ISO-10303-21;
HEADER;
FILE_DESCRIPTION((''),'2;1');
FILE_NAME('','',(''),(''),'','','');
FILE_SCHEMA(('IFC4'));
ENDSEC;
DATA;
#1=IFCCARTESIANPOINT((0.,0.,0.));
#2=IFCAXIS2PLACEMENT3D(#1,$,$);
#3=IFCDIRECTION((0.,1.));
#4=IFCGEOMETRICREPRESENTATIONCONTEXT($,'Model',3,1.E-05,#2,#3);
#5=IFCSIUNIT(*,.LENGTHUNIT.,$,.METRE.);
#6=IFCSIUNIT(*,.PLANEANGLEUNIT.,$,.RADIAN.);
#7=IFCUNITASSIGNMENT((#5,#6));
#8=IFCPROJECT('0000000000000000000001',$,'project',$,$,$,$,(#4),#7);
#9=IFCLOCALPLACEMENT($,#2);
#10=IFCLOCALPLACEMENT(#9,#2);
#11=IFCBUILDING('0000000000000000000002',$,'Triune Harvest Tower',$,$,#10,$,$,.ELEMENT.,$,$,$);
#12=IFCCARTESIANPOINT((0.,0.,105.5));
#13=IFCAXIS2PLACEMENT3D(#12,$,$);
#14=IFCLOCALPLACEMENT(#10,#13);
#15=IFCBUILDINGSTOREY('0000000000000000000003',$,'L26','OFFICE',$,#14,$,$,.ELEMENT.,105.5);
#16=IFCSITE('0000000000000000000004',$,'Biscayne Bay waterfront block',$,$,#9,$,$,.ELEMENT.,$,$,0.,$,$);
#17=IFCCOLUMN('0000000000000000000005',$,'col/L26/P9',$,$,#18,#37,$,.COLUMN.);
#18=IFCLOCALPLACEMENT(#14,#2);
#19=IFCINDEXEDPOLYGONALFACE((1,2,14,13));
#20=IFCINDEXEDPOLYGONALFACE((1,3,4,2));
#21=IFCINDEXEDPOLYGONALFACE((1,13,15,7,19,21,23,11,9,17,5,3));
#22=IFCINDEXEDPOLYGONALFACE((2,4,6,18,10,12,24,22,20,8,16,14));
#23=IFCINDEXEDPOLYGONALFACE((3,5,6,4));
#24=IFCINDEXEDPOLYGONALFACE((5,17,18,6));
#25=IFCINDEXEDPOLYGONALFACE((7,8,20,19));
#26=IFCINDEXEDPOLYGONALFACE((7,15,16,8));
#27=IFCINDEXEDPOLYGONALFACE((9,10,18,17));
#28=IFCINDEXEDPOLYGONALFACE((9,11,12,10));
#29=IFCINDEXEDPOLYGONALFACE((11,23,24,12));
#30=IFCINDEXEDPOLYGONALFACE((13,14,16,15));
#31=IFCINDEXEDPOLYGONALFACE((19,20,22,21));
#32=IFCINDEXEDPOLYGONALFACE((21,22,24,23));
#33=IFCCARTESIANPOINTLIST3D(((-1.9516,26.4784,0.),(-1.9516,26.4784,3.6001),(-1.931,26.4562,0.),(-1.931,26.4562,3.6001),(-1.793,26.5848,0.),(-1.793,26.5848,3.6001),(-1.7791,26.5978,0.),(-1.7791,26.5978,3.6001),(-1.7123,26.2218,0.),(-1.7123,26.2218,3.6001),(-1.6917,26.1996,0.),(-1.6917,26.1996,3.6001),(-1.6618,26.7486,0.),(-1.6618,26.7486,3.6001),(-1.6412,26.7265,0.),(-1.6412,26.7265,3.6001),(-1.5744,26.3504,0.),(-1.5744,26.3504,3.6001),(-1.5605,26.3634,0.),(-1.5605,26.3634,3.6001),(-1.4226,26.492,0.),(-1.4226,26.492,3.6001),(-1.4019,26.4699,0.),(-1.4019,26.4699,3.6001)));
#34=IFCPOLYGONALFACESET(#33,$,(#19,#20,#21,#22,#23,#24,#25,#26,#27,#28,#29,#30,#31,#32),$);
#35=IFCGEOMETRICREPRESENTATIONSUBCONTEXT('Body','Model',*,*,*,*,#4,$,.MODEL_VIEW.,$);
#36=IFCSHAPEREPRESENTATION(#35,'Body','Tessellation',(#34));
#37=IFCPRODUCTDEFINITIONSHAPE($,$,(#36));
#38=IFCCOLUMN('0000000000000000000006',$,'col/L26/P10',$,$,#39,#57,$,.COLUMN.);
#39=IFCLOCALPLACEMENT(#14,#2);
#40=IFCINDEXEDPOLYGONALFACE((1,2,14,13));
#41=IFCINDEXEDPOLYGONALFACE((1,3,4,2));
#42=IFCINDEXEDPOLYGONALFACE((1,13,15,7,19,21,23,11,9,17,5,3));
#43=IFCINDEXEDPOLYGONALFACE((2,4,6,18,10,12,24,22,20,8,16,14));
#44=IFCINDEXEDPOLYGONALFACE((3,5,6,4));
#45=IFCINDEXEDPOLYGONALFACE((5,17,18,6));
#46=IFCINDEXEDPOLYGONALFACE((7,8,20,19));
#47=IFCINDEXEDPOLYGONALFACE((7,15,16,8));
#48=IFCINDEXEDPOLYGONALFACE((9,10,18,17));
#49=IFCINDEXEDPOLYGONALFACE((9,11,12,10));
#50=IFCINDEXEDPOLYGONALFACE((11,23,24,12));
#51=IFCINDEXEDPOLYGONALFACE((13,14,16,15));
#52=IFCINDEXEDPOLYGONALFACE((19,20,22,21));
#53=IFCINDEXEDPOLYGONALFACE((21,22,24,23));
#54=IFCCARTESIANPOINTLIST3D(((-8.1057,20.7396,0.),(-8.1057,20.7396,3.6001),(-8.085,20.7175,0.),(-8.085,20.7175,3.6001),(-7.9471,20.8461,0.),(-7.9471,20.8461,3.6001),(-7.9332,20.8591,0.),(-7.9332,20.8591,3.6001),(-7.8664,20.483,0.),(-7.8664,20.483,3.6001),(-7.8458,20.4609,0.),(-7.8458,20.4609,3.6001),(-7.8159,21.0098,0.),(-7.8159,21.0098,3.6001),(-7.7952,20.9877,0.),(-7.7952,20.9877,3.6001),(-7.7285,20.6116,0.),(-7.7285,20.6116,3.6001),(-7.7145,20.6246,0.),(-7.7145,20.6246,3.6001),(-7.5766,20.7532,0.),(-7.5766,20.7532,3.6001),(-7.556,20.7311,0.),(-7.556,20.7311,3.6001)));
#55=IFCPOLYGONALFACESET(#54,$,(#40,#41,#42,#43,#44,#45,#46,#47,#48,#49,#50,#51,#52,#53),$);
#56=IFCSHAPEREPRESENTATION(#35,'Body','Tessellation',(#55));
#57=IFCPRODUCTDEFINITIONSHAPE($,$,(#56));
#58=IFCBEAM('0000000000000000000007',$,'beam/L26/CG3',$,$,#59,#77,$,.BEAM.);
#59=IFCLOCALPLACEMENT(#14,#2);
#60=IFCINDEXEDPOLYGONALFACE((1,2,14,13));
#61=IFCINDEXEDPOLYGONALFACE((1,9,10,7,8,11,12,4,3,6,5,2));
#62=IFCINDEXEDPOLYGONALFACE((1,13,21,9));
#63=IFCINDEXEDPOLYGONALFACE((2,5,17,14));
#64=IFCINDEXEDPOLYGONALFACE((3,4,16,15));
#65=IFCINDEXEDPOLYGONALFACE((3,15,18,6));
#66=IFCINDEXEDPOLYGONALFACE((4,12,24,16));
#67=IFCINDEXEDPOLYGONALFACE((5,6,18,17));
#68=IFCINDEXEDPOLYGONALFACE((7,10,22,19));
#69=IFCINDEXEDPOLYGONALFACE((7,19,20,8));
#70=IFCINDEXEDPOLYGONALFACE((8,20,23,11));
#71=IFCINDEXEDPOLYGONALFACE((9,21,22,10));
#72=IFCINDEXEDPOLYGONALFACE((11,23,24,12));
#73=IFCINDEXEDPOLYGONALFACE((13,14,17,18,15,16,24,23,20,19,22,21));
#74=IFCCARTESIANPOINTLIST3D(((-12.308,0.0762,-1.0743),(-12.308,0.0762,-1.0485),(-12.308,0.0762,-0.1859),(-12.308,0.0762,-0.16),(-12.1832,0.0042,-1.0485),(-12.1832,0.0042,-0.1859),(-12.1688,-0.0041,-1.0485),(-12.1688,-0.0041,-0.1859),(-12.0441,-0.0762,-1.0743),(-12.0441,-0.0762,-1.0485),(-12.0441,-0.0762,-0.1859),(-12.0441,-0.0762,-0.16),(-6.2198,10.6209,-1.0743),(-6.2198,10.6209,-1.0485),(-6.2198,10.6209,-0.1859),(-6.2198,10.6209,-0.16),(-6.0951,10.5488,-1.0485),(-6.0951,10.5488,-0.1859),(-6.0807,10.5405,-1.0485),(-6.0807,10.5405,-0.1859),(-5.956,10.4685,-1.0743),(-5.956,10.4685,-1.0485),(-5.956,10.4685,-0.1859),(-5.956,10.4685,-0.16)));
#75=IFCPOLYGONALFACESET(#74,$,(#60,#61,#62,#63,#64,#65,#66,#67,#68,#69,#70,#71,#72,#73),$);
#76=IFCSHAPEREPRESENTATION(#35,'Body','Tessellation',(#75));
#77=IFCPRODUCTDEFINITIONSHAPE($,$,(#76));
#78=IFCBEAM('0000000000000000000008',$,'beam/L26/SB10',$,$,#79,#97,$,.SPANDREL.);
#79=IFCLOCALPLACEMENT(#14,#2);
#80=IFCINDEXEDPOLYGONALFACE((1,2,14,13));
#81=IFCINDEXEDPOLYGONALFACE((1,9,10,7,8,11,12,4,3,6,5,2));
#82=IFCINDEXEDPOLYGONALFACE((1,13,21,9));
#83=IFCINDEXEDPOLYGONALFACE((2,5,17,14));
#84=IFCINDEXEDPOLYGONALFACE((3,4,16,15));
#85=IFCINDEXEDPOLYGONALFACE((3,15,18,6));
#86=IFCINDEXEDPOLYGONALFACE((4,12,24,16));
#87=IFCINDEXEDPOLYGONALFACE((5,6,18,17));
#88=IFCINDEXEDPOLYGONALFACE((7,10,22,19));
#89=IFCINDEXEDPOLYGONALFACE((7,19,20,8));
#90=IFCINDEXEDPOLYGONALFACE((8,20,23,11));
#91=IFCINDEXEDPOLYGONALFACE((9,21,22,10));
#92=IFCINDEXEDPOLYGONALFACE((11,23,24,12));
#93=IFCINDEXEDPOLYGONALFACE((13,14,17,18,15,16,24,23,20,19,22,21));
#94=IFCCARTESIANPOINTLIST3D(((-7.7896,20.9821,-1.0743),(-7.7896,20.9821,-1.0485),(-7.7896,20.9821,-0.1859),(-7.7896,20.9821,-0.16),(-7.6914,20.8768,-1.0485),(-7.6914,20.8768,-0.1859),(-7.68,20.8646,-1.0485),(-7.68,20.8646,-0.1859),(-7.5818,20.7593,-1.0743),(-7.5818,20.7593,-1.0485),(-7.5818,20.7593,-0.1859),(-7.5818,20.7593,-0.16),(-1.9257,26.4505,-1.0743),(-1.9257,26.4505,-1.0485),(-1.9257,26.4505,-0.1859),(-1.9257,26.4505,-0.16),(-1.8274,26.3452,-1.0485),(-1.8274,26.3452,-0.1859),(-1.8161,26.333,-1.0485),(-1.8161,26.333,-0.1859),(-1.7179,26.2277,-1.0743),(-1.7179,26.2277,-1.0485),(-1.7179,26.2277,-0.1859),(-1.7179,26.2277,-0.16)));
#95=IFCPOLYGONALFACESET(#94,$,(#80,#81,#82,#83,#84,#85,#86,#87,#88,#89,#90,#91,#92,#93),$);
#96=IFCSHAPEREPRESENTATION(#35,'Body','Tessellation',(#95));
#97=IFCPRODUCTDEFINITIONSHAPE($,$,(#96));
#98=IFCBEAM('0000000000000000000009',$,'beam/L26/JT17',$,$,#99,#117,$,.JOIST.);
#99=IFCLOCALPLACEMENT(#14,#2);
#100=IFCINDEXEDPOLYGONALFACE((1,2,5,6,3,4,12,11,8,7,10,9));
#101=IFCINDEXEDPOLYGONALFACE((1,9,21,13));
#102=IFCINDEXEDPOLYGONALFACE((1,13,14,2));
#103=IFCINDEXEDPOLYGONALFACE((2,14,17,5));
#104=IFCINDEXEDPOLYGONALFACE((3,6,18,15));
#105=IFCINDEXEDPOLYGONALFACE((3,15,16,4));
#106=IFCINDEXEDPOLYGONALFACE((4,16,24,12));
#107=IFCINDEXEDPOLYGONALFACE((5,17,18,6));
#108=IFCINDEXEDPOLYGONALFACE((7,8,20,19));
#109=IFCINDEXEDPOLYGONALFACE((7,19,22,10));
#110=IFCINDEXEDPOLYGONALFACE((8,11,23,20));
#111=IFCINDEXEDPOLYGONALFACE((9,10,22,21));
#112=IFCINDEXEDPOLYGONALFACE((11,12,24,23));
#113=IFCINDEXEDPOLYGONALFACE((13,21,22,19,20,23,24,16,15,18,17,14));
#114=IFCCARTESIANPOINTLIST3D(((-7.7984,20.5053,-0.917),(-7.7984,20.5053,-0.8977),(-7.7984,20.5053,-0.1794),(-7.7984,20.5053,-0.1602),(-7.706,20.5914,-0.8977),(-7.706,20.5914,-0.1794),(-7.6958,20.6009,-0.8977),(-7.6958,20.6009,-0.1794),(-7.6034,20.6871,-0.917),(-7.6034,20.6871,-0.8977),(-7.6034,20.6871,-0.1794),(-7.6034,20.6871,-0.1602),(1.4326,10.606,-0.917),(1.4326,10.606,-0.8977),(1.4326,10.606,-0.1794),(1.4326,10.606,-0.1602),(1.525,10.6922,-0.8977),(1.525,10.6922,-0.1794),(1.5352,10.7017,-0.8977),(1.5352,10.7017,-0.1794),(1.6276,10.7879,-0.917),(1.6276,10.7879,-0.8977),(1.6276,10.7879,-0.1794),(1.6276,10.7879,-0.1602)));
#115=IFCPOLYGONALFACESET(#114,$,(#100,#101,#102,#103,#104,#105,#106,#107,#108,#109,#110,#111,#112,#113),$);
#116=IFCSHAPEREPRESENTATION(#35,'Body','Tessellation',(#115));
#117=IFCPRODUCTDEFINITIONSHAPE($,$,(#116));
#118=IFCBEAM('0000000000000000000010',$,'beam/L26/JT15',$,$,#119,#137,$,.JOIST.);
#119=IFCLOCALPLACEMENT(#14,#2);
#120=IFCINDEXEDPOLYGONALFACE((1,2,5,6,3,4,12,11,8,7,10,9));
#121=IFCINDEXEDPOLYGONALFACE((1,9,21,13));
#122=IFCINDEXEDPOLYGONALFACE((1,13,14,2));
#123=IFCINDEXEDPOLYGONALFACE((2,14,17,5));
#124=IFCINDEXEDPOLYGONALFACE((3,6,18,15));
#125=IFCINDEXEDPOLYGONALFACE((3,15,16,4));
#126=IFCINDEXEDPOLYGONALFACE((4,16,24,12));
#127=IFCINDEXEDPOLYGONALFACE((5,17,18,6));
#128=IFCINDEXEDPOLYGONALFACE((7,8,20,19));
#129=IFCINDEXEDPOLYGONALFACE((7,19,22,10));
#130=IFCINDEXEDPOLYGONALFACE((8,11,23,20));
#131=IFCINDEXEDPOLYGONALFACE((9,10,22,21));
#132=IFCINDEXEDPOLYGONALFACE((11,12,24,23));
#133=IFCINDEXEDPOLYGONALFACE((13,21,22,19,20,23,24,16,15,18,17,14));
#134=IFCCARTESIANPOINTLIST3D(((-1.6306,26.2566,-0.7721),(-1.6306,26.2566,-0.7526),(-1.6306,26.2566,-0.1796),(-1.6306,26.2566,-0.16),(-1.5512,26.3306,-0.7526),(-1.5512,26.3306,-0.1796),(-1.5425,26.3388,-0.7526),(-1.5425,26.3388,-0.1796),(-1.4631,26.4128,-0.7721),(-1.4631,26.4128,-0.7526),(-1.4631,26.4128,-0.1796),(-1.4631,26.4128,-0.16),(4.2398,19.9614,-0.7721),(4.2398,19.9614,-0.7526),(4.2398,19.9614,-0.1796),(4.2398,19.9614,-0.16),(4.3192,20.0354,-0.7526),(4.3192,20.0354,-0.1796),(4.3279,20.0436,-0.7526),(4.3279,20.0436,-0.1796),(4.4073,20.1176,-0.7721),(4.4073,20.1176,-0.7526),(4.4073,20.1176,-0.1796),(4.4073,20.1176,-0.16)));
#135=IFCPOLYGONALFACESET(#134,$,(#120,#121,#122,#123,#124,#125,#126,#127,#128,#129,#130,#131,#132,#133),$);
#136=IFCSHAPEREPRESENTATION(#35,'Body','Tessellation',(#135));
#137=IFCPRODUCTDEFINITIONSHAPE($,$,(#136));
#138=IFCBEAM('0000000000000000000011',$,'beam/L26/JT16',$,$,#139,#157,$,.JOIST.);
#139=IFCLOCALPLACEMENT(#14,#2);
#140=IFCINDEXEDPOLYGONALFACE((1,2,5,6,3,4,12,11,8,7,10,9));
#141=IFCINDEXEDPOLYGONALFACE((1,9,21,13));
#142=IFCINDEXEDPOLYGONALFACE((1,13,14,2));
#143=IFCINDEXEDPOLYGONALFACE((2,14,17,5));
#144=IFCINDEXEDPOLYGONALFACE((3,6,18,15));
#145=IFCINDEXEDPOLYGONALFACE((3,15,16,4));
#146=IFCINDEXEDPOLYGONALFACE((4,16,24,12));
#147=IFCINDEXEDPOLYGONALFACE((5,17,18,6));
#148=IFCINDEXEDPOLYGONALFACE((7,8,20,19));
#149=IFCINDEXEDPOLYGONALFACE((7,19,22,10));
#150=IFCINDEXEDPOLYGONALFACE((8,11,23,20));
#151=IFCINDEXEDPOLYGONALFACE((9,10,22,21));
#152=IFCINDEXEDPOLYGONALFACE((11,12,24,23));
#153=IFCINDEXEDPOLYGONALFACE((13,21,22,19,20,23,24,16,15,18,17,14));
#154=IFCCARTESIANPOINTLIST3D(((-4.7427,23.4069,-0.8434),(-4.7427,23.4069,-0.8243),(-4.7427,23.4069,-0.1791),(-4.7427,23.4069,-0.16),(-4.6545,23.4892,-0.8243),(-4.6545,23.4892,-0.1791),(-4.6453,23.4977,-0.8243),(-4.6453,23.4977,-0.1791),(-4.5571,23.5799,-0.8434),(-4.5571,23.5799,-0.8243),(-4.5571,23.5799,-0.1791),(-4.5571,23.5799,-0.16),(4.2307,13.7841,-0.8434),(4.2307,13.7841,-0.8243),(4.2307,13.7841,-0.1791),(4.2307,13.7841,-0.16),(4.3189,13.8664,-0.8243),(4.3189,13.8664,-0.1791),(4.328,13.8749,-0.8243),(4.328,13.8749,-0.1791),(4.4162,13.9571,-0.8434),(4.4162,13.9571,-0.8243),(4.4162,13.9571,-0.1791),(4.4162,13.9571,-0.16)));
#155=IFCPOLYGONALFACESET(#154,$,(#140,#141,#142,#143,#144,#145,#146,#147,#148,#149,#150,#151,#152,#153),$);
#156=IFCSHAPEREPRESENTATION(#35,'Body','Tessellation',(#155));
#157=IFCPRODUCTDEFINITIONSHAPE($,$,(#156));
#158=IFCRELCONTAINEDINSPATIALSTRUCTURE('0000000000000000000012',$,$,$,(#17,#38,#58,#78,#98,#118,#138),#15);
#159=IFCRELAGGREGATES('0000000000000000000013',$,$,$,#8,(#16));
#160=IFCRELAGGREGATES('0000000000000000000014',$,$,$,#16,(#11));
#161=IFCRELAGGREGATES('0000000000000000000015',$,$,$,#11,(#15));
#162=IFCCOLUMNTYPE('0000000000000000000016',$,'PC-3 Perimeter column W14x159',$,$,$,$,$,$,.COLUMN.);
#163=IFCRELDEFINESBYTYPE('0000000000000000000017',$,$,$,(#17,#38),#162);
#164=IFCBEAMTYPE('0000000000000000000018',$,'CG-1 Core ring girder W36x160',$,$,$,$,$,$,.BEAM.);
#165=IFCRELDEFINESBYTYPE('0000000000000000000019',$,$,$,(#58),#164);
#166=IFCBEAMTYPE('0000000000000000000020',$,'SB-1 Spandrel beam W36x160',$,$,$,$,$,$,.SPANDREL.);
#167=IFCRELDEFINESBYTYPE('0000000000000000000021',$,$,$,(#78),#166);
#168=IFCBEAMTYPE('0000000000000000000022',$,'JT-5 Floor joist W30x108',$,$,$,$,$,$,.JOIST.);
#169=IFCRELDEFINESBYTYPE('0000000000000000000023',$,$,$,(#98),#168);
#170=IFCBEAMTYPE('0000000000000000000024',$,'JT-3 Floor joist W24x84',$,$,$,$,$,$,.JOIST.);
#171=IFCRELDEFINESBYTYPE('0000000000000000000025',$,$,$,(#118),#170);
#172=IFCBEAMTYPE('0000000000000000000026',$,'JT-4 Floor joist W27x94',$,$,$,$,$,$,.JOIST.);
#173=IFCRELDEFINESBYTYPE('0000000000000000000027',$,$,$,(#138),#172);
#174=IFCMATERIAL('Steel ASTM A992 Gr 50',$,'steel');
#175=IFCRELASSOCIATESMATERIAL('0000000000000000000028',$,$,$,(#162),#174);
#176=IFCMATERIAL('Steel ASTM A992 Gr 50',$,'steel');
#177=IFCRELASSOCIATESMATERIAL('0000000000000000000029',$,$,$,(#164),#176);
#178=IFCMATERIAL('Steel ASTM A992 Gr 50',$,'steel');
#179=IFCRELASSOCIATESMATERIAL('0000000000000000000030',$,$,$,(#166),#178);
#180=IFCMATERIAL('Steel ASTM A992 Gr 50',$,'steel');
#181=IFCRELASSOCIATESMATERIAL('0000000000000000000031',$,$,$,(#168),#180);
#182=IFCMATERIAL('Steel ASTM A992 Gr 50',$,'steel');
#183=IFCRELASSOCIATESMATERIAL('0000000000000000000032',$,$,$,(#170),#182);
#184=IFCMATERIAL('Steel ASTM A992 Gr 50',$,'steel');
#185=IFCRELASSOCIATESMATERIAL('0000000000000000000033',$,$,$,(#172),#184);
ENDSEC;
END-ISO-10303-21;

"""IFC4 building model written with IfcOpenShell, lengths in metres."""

from ifc_helpers import new_model, si_unit, direction, frame, origin, origin_2d, place, context, subcontext, project, spatial, i_section, extrude, source, transform, mapped, material, material_profile, profile_set, type_object, element, save


model = new_model("IFC4")

# Units and contexts
model_context = context("Model", 3, precision=1e-05, world=origin(), true_north=direction((0.0, 1.0)))
body_context = subcontext(model_context, "Body", "Model", "MODEL_VIEW")
ifc_project = project(units=[si_unit("LENGTHUNIT", "METRE"), si_unit("PLANEANGLEUNIT", "RADIAN")], contexts=[model_context])

# Site, building, storey
site_placement = place(None, origin())
site = spatial("IfcSite", under=ifc_project, at=site_placement, Name="Biscayne Bay waterfront block", CompositionType="ELEMENT", RefElevation=0.0)
building_placement = place(site_placement, origin())
building = spatial("IfcBuilding", under=site, at=building_placement, Name="Triune Harvest Tower", CompositionType="ELEMENT")
storey_placement = place(building_placement, frame((0.0, 0.0, 105.5)))
storey = spatial("IfcBuildingStorey", under=building, at=storey_placement, Name="L26", Description="OFFICE", CompositionType="ELEMENT", Elevation=105.5)

# Columns
ifc_material_1 = material(Name="Steel ASTM A992 Gr 50", Category="steel")
ifc_material_profile_1 = material_profile(ifc_material_1, i_section(OverallWidth=0.3962, OverallDepth=0.3811, WebThickness=0.019, FlangeThickness=0.0303, at=origin_2d()), Name="W14x159")
ifc_profile_set_1 = profile_set([ifc_material_profile_1], Name="Steel ASTM A992 Gr 50")
column_type = type_object("IfcColumnType", Name="PC-3 Perimeter column W14x159", PredefinedType="COLUMN", material=ifc_profile_set_1)
shared_shape_1 = source(origin(), body_context, "Body", "SweptSolid", [
    extrude(i_section(OverallWidth=0.3962, OverallDepth=0.3811, WebThickness=0.019, FlangeThickness=0.0303, at=origin_2d()), origin(), (0.0, 0.0, 1.0), 3.6001),
])
for number, where, z_axis, x_axis, name in (
    (1, (-1.6768, 26.4741, 0.0), (0.0, 0.0, 1.0), (-0.731355, -0.681997, 0.0), "col/L26/P9"),
    (2, (-7.8308, 20.7354, 0.0), (0.0, 0.0, 1.0), (-0.731355, -0.681997, 0.0), "col/L26/P10"),
):
    element("IfcColumn", number, at=place(storey_placement, frame(where, z_axis=z_axis, x_axis=x_axis)), inside=storey, type_object=column_type, Name=name, PredefinedType="COLUMN", context=body_context, shape_type="MappedRepresentation", body=[
        mapped(shared_shape_1, transform((0.0, 0.0, 0.0), scale=1.0)),
    ])

# Beams
ifc_material_2 = material(Name="Steel ASTM A992 Gr 50", Category="steel")
ifc_material_profile_2 = material_profile(ifc_material_2, i_section(OverallWidth=0.3047, OverallDepth=0.9143, WebThickness=0.0166, FlangeThickness=0.0259, at=origin_2d()), Name="W36x160")
ifc_profile_set_2 = profile_set([ifc_material_profile_2], Name="Steel ASTM A992 Gr 50")
beam_type_1 = type_object("IfcBeamType", Name="CG-1 Core ring girder W36x160", PredefinedType="BEAM", material=ifc_profile_set_2)
shared_shape_2 = source(origin(), body_context, "Body", "SweptSolid", [
    extrude(i_section(OverallWidth=0.3047, OverallDepth=0.9143, WebThickness=0.0166, FlangeThickness=0.0259, at=origin_2d()), origin(), (0.0, 0.0, 1.0), 12.176),
])
beam_1_placement = place(storey_placement, frame((-6.0879, 10.5447, -0.6172), z_axis=(-0.50001, -0.86602, 0.0), x_axis=(0.86602, -0.50001, 0.0)))
element("IfcBeam", 3, at=beam_1_placement, inside=storey, type_object=beam_type_1, Name="beam/L26/CG3", PredefinedType="BEAM", context=body_context, shape_type="MappedRepresentation", body=[
    mapped(shared_shape_2, transform((0.0, 0.0, 0.0), scale=1.0)),
])
ifc_material_3 = material(Name="Steel ASTM A992 Gr 50", Category="steel")
ifc_material_profile_3 = material_profile(ifc_material_3, i_section(OverallWidth=0.3047, OverallDepth=0.9143, WebThickness=0.0166, FlangeThickness=0.0259, at=origin_2d()), Name="W36x160")
ifc_profile_set_3 = profile_set([ifc_material_profile_3], Name="Steel ASTM A992 Gr 50")
beam_type_2 = type_object("IfcBeamType", Name="SB-1 Spandrel beam W36x160", PredefinedType="SPANDREL", material=ifc_profile_set_3)
shared_shape_3 = source(origin(), body_context, "Body", "SweptSolid", [
    extrude(i_section(OverallWidth=0.3047, OverallDepth=0.9143, WebThickness=0.0166, FlangeThickness=0.0259, at=origin_2d()), origin(), (0.0, 0.0, 1.0), 8.0181),
])
beam_2_placement = place(storey_placement, frame((-1.8218, 26.3391, -0.6172), z_axis=(-0.73134, -0.682013, 0.0), x_axis=(0.682013, -0.73134, 0.0)))
element("IfcBeam", 4, at=beam_2_placement, inside=storey, type_object=beam_type_2, Name="beam/L26/SB10", PredefinedType="SPANDREL", context=body_context, shape_type="MappedRepresentation", body=[
    mapped(shared_shape_3, transform((0.0, 0.0, 0.0), scale=1.0)),
])
ifc_material_4 = material(Name="Steel ASTM A992 Gr 50", Category="steel")
ifc_material_profile_4 = material_profile(ifc_material_4, i_section(OverallWidth=0.2666, OverallDepth=0.7568, WebThickness=0.0139, FlangeThickness=0.0193, at=origin_2d()), Name="W30x108")
ifc_profile_set_4 = profile_set([ifc_material_profile_4], Name="Steel ASTM A992 Gr 50")
beam_type_3 = type_object("IfcBeamType", Name="JT-5 Floor joist W30x108", PredefinedType="JOIST", material=ifc_profile_set_4)
shared_shape_4 = source(origin(), body_context, "Body", "SweptSolid", [
    extrude(i_section(OverallWidth=0.2666, OverallDepth=0.7568, WebThickness=0.0139, FlangeThickness=0.0193, at=origin_2d()), origin(), (0.0, 0.0, 1.0), 13.5354),
])
beam_3_placement = place(storey_placement, frame((-7.7009, 20.5962, -0.5386), z_axis=(0.681992, -0.73136, 0.0), x_axis=(0.73136, 0.681992, 0.0)))
element("IfcBeam", 5, at=beam_3_placement, inside=storey, type_object=beam_type_3, Name="beam/L26/JT17", PredefinedType="JOIST", context=body_context, shape_type="MappedRepresentation", body=[
    mapped(shared_shape_4, transform((0.0, 0.0, 0.0), scale=1.0)),
])
ifc_material_5 = material(Name="Steel ASTM A992 Gr 50", Category="steel")
ifc_material_profile_5 = material_profile(ifc_material_5, i_section(OverallWidth=0.229, OverallDepth=0.6121, WebThickness=0.012, FlangeThickness=0.0195, at=origin_2d()), Name="W24x84")
ifc_profile_set_5 = profile_set([ifc_material_profile_5], Name="Steel ASTM A992 Gr 50")
beam_type_4 = type_object("IfcBeamType", Name="JT-3 Floor joist W24x84", PredefinedType="JOIST", material=ifc_profile_set_5)
shared_shape_5 = source(origin(), body_context, "Body", "SweptSolid", [
    extrude(i_section(OverallWidth=0.229, OverallDepth=0.6121, WebThickness=0.012, FlangeThickness=0.0195, at=origin_2d()), origin(), (0.0, 0.0, 1.0), 8.6077),
])
beam_4_placement = place(storey_placement, frame((-1.5469, 26.3347, -0.4661), z_axis=(0.682, -0.731352, 0.0), x_axis=(0.731352, 0.682, 0.0)))
element("IfcBeam", 6, at=beam_4_placement, inside=storey, type_object=beam_type_4, Name="beam/L26/JT15", PredefinedType="JOIST", context=body_context, shape_type="MappedRepresentation", body=[
    mapped(shared_shape_5, transform((0.0, 0.0, 0.0), scale=1.0)),
])
ifc_material_6 = material(Name="Steel ASTM A992 Gr 50", Category="steel")
ifc_material_profile_6 = material_profile(ifc_material_6, i_section(OverallWidth=0.2537, OverallDepth=0.6833, WebThickness=0.0125, FlangeThickness=0.019, at=origin_2d()), Name="W27x94")
ifc_profile_set_6 = profile_set([ifc_material_profile_6], Name="Steel ASTM A992 Gr 50")
beam_type_5 = type_object("IfcBeamType", Name="JT-4 Floor joist W27x94", PredefinedType="JOIST", material=ifc_profile_set_6)
shared_shape_6 = source(origin(), body_context, "Body", "SweptSolid", [
    extrude(i_section(OverallWidth=0.2537, OverallDepth=0.6833, WebThickness=0.0125, FlangeThickness=0.019, at=origin_2d()), origin(), (0.0, 0.0, 1.0), 13.1575),
])
beam_5_placement = place(storey_placement, frame((-4.6499, 23.4934, -0.5017), z_axis=(0.681998, -0.731354, 0.0), x_axis=(0.731354, 0.681998, 0.0)))
element("IfcBeam", 7, at=beam_5_placement, inside=storey, type_object=beam_type_5, Name="beam/L26/JT16", PredefinedType="JOIST", context=body_context, shape_type="MappedRepresentation", body=[
    mapped(shared_shape_6, transform((0.0, 0.0, 0.0), scale=1.0)),
])

save(model, "model.ifc")
